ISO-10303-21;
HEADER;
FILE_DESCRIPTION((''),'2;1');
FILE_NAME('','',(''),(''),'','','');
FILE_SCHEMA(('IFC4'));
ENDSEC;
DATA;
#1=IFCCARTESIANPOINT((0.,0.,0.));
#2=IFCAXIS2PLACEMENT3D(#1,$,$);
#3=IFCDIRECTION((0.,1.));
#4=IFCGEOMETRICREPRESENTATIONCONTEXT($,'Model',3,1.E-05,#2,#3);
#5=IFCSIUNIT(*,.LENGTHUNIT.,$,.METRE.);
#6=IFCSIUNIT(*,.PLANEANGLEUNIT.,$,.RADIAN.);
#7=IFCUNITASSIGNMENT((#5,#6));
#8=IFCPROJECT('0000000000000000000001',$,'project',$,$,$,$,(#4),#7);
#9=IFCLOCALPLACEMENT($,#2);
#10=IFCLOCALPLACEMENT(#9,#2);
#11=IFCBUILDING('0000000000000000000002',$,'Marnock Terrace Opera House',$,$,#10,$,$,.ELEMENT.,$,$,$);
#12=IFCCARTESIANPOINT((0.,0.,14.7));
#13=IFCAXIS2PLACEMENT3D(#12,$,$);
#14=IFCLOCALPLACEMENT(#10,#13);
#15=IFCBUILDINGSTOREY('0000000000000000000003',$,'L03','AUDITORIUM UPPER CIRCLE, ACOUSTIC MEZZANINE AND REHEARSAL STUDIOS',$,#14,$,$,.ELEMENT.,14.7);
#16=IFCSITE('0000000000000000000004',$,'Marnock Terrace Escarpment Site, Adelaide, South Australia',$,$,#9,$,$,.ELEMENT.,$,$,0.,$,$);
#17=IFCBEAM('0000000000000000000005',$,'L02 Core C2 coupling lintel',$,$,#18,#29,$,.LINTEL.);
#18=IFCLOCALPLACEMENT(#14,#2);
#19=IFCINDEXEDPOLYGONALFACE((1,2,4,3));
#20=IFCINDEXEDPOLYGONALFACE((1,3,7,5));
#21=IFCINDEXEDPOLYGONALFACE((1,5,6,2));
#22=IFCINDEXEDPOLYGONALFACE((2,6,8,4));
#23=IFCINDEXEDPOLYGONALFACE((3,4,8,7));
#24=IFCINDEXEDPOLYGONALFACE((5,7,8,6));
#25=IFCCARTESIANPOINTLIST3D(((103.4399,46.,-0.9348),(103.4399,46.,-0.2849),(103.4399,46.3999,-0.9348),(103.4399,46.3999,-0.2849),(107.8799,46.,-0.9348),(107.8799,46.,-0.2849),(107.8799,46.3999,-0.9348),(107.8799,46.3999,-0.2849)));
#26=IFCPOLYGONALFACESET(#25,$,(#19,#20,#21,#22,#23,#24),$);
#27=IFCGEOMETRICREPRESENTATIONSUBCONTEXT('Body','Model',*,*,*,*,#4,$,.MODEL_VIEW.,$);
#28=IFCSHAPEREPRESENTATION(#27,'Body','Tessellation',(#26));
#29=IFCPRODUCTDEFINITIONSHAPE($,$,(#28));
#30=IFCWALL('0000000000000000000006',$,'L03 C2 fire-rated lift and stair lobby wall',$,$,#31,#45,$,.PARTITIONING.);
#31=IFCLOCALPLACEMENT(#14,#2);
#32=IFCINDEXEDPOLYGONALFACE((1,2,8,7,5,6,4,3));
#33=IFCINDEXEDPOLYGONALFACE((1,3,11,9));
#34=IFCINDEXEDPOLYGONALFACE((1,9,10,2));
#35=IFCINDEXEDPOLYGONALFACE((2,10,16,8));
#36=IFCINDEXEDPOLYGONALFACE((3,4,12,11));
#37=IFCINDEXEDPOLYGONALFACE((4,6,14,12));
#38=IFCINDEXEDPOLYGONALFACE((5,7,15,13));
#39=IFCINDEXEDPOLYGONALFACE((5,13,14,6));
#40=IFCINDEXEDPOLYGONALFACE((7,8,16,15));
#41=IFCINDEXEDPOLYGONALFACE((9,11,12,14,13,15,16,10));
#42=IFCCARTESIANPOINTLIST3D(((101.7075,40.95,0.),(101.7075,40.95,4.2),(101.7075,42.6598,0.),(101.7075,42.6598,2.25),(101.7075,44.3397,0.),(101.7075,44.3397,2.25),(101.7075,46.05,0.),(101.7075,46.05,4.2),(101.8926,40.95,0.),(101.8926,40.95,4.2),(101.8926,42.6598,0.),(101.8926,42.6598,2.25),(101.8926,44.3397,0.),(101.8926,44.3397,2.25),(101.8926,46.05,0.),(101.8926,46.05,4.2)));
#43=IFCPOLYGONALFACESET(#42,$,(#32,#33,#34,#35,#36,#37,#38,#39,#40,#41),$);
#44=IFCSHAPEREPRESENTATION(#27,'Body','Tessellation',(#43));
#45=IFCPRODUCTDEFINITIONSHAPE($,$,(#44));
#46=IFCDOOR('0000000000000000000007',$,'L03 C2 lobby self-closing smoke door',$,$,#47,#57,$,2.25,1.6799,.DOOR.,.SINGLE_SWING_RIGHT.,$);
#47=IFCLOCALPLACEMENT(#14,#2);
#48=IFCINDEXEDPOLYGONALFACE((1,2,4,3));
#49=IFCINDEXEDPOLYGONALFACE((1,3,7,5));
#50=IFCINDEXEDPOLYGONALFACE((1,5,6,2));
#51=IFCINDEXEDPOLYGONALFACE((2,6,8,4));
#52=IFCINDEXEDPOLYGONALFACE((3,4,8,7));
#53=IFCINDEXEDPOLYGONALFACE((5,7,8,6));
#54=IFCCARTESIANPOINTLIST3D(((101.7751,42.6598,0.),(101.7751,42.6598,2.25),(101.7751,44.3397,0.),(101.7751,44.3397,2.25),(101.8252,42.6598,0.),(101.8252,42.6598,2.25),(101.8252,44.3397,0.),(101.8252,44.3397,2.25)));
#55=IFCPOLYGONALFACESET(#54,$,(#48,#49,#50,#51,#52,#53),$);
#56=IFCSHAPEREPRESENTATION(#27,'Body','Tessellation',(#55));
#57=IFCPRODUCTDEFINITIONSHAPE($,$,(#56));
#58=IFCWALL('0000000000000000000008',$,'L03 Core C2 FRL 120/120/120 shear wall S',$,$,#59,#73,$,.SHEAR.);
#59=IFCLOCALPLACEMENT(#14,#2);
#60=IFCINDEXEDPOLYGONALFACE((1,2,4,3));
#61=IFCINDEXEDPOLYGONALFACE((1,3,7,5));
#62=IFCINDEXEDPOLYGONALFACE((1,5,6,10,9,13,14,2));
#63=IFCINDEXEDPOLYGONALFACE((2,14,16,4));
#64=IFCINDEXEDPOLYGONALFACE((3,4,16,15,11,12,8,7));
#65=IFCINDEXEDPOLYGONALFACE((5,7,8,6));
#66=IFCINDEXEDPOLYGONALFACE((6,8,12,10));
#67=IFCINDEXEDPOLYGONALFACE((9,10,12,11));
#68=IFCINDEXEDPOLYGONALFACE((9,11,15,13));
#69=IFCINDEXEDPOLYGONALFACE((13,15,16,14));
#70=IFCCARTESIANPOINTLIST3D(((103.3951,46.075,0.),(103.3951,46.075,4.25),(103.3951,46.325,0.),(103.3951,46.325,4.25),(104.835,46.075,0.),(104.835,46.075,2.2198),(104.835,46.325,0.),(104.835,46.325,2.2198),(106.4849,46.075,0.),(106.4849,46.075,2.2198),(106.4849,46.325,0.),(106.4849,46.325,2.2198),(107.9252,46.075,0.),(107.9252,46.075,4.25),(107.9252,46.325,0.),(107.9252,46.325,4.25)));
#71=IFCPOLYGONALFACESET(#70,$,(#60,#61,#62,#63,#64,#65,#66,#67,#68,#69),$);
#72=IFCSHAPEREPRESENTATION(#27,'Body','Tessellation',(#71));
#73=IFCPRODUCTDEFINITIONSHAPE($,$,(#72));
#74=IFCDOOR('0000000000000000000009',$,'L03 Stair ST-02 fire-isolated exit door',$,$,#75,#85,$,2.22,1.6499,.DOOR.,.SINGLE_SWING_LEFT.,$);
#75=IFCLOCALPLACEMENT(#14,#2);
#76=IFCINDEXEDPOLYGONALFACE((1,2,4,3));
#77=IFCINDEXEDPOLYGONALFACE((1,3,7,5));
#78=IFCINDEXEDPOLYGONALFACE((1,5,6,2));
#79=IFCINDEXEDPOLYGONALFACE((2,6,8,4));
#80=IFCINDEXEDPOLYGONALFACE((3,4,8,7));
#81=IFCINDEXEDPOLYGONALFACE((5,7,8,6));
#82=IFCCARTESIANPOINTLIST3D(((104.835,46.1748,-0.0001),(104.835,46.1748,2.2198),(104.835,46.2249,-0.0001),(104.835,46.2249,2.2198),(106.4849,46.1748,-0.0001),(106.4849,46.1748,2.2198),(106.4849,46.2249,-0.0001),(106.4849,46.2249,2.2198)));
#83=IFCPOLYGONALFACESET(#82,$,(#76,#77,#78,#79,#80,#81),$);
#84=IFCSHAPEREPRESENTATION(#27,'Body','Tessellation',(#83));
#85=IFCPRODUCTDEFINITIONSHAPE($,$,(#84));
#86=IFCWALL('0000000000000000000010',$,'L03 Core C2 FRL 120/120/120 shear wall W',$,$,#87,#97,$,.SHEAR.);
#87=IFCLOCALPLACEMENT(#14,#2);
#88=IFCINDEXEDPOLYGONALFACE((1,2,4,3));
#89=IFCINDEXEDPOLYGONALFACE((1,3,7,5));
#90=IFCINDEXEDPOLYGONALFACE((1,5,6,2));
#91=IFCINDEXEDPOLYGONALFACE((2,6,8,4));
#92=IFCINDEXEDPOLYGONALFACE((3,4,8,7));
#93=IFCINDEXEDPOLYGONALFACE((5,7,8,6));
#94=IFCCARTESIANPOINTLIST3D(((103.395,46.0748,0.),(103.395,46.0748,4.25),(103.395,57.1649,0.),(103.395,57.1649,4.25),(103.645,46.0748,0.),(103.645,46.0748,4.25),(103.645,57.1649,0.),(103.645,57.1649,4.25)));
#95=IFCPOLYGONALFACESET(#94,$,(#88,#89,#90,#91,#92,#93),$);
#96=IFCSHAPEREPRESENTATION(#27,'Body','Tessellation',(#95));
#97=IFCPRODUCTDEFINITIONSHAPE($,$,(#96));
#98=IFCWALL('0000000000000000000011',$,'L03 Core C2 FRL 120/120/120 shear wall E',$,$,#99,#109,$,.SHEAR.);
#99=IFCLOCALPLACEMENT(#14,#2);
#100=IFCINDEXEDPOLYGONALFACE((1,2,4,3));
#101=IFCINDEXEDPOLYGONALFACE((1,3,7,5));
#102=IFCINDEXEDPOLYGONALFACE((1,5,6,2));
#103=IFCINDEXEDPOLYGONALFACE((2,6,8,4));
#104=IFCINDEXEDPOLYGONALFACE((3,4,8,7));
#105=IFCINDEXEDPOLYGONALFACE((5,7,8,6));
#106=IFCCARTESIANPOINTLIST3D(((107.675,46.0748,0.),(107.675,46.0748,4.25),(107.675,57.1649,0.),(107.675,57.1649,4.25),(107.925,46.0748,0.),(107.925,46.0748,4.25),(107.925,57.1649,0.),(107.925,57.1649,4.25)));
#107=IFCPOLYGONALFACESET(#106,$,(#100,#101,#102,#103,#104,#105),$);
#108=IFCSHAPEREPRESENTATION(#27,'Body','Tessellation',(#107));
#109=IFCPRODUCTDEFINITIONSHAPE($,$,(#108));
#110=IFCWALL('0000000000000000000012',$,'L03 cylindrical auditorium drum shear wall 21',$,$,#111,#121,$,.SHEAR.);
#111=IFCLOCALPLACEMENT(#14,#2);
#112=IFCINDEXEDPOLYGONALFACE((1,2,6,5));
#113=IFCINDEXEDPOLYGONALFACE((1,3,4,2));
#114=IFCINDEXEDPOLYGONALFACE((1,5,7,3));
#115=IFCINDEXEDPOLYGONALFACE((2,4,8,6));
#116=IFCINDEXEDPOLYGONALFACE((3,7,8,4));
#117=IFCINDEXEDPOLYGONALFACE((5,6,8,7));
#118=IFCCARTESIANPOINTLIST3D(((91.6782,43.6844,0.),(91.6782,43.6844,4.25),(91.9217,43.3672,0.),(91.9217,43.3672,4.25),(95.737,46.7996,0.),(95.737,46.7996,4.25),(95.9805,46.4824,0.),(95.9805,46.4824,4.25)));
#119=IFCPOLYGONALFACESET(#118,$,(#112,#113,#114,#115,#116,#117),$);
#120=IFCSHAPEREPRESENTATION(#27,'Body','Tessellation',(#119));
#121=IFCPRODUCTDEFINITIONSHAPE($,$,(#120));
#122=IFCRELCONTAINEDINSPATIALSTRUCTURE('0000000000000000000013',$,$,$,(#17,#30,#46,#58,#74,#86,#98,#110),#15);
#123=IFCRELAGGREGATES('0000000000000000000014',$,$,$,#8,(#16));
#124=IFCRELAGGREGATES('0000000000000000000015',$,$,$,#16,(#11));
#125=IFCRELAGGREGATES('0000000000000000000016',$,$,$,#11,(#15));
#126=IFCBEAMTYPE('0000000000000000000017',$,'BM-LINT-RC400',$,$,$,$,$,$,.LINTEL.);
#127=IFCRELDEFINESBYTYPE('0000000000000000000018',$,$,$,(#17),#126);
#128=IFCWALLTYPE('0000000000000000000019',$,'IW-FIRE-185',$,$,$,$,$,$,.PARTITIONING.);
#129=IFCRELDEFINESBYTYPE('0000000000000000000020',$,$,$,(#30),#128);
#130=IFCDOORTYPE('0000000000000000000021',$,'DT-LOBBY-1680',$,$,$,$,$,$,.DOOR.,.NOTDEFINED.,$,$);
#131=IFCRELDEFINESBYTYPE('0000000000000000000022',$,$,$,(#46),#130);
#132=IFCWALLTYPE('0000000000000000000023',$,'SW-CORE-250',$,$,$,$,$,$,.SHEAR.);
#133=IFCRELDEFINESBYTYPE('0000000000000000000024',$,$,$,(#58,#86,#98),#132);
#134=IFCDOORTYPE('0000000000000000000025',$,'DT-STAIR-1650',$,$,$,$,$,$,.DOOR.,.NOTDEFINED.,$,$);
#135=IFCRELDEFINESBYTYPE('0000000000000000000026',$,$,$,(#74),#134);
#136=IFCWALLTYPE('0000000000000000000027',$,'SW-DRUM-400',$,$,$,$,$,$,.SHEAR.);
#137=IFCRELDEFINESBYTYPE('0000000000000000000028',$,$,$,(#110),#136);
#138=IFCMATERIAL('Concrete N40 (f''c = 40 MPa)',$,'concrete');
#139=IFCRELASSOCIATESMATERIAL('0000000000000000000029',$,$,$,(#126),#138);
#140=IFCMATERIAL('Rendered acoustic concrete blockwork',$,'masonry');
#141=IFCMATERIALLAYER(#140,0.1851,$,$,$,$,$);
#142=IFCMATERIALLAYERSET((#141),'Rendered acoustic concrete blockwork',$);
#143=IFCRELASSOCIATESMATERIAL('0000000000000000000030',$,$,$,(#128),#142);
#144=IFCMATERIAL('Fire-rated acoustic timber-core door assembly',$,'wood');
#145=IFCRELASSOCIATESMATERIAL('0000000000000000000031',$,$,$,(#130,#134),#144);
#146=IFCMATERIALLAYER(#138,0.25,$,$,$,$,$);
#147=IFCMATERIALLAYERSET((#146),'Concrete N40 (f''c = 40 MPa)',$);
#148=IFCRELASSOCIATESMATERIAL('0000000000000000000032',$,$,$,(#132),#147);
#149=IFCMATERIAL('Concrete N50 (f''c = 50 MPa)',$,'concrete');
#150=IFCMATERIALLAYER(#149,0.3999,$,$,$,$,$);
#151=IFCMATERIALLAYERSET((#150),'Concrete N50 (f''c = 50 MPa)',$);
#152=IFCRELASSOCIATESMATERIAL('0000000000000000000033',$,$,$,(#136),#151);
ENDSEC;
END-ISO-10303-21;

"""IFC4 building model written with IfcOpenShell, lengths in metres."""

from ifc_helpers import new_model, si_unit, direction, frame, frame_2d, origin, origin_2d, place, context, subcontext, project, spatial, rectangle, extrude, material, layer, layer_set, material_profile, profile_set, type_object, element, fill, save


model = new_model("IFC4")

# Units and contexts
model_context = context("Model", 3, precision=1e-05, world=origin(), true_north=direction((0.0, 1.0)))
body_context = subcontext(model_context, "Body", "Model", "MODEL_VIEW")
ifc_project = project(units=[si_unit("LENGTHUNIT", "METRE"), si_unit("PLANEANGLEUNIT", "RADIAN")], contexts=[model_context])

# Site, building, storey
site_placement = place(None, origin())
site = spatial("IfcSite", under=ifc_project, at=site_placement, Name="Marnock Terrace Escarpment Site, Adelaide, South Australia", CompositionType="ELEMENT", RefElevation=0.0)
building_placement = place(site_placement, origin())
building = spatial("IfcBuilding", under=site, at=building_placement, Name="Marnock Terrace Opera House", CompositionType="ELEMENT")
storey_placement = place(building_placement, frame((0.0, 0.0, 14.7)))
storey = spatial("IfcBuildingStorey", under=building, at=storey_placement, Name="L03", Description="AUDITORIUM UPPER CIRCLE, ACOUSTIC MEZZANINE AND REHEARSAL STUDIOS", CompositionType="ELEMENT", Elevation=14.7)

# Shared definitions
ifc_material_1 = material(Name="Concrete N50 (f'c = 50 MPa)", Category="concrete")

# Beam
ifc_material_2 = material(Name="Concrete N40 (f'c = 40 MPa)", Category="concrete")
ifc_material_profile_1 = material_profile(ifc_material_2, rectangle(XDim=0.3999, YDim=0.6499, at=origin_2d()))
ifc_profile_set_1 = profile_set([ifc_material_profile_1], Name="Concrete N40 (f'c = 40 MPa)")
beam_type_1 = type_object("IfcBeamType", Name="BM-LINT-RC400", PredefinedType="LINTEL", material=ifc_profile_set_1)
beam_1_placement = place(storey_placement, frame((103.4399, 46.2, -0.6099), z_axis=(1.0, 0.0, 0.0), x_axis=(0.0, 1.0, 0.0)))
element("IfcBeam", 1, at=beam_1_placement, inside=storey, type_object=beam_type_1, Name="L02 Core C2 coupling lintel", PredefinedType="LINTEL", context=body_context, shape_type="SweptSolid", body=[
    extrude(rectangle(XDim=0.3999, YDim=0.6499, at=origin_2d()), origin(), (0.0, 0.0, 1.0), 4.4399),
])

# Walls, openings, doors
ifc_material_3 = material(Name="Rendered acoustic concrete blockwork", Category="masonry")
ifc_layer_1 = layer(ifc_material_3, 0.1851)
ifc_layer_set_1 = layer_set([ifc_layer_1], Name="Rendered acoustic concrete blockwork")
wall_type_1 = type_object("IfcWallType", Name="IW-FIRE-185", PredefinedType="PARTITIONING", material=ifc_layer_set_1)
wall_1_placement = place(storey_placement, frame((101.8, 40.95, 0.0), z_axis=(0.0, 0.0, 1.0), x_axis=(0.0, 1.0, 0.0)))
wall_1 = element("IfcWall", 2, at=wall_1_placement, inside=storey, type_object=wall_type_1, Name="L03 C2 fire-rated lift and stair lobby wall", PredefinedType="PARTITIONING", context=body_context, shape_type="SweptSolid", body=[
    extrude(rectangle(XDim=5.1001, YDim=0.1851, at=frame_2d((2.55, 0.0))), origin(), (0.0, 0.0, 1.0), 4.2),
])
opening_1_placement = place(wall_1_placement, frame((1.71, 0.0, 0.0)))
opening_1 = element("IfcOpeningElement", 3, at=opening_1_placement, cuts=wall_1, PredefinedType="OPENING", context=body_context, shape_type="SweptSolid", body=[
    extrude(rectangle(XDim=1.6799, YDim=2.25, at=frame_2d((0.8398, 1.125))), frame((0.0, 0.1025, 0.0), z_axis=(0.0, -1.0, 0.0), x_axis=(1.0, 0.0, 0.0)), (0.0, 0.0, 1.0), 0.2051),
])
ifc_material_4 = material(Name="Fire-rated acoustic timber-core door assembly", Category="wood")
door_type_1 = type_object("IfcDoorType", Name="DT-LOBBY-1680", OperationType="NOTDEFINED", PredefinedType="DOOR", material=ifc_material_4)
door_1_placement = place(opening_1_placement, origin())
door_1 = element("IfcDoor", 4, at=door_1_placement, inside=storey, type_object=door_type_1, Name="L03 C2 lobby self-closing smoke door", OperationType="SINGLE_SWING_RIGHT", OverallHeight=2.25, OverallWidth=1.6799, PredefinedType="DOOR", context=body_context, shape_type="SweptSolid", body=[
    extrude(rectangle(XDim=1.6799, YDim=2.25, at=frame_2d((0.8398, 1.125))), frame((0.0, 0.0249, 0.0), z_axis=(0.0, -1.0, 0.0), x_axis=(1.0, 0.0, 0.0)), (0.0, 0.0, 1.0), 0.05),
])
fill(opening_1, door_1)
ifc_layer_2 = layer(ifc_material_2, 0.25)
ifc_layer_set_2 = layer_set([ifc_layer_2], Name="Concrete N40 (f'c = 40 MPa)")
wall_type_2 = type_object("IfcWallType", Name="SW-CORE-250", PredefinedType="SHEAR", material=ifc_layer_set_2)
wall_2_placement = place(storey_placement, frame((103.395, 46.2, 0.0), z_axis=(0.0, 0.0, 1.0), x_axis=(1.0, 0.0, 0.0)))
wall_2 = element("IfcWall", 5, at=wall_2_placement, inside=storey, type_object=wall_type_2, Name="L03 Core C2 FRL 120/120/120 shear wall S", PredefinedType="SHEAR", context=body_context, shape_type="SweptSolid", body=[
    extrude(rectangle(XDim=4.53, YDim=0.25, at=frame_2d((2.2651, 0.0))), origin(), (0.0, 0.0, 1.0), 4.25),
])
opening_2_placement = place(wall_2_placement, frame((1.4399, 0.0, 0.0)))
opening_2 = element("IfcOpeningElement", 6, at=opening_2_placement, cuts=wall_2, PredefinedType="OPENING", context=body_context, shape_type="SweptSolid", body=[
    extrude(rectangle(XDim=1.6499, YDim=2.22, at=frame_2d((0.825, 1.1099))), frame((0.0, 0.135, 0.0), z_axis=(0.0, -1.0, 0.0), x_axis=(1.0, 0.0, 0.0)), (0.0, 0.0, 1.0), 0.27),
])
door_type_2 = type_object("IfcDoorType", Name="DT-STAIR-1650", OperationType="NOTDEFINED", PredefinedType="DOOR", material=ifc_material_4)
door_2_placement = place(opening_2_placement, origin())
door_2 = element("IfcDoor", 7, at=door_2_placement, inside=storey, type_object=door_type_2, Name="L03 Stair ST-02 fire-isolated exit door", OperationType="SINGLE_SWING_LEFT", OverallHeight=2.22, OverallWidth=1.6499, PredefinedType="DOOR", context=body_context, shape_type="SweptSolid", body=[
    extrude(rectangle(XDim=1.6499, YDim=2.22, at=frame_2d((0.825, 1.1099))), frame((0.0, 0.0249, 0.0), z_axis=(0.0, -1.0, 0.0), x_axis=(1.0, 0.0, 0.0)), (0.0, 0.0, 1.0), 0.05),
])
fill(opening_2, door_2)

# Walls
for number, where, z_axis, x_axis, name in (
    (8, (103.52, 46.075, 0.0), (0.0, 0.0, 1.0), (0.0, 1.0, 0.0), "L03 Core C2 FRL 120/120/120 shear wall W"),
    (9, (107.8, 46.075, 0.0), (0.0, 0.0, 1.0), (0.0, 1.0, 0.0), "L03 Core C2 FRL 120/120/120 shear wall E"),
):
    element("IfcWall", number, at=place(storey_placement, frame(where, z_axis=z_axis, x_axis=x_axis)), inside=storey, type_object=wall_type_2, Name=name, PredefinedType="SHEAR", context=body_context, shape_type="SweptSolid", body=[
        extrude(rectangle(XDim=11.0901, YDim=0.25, at=frame_2d((5.5449, 0.0))), origin(), (0.0, 0.0, 1.0), 4.25),
    ])
ifc_layer_3 = layer(ifc_material_1, 0.3999)
ifc_layer_set_3 = layer_set([ifc_layer_3], Name="Concrete N50 (f'c = 50 MPa)")
wall_type_3 = type_object("IfcWallType", Name="SW-DRUM-400", PredefinedType="SHEAR", material=ifc_layer_set_3)
wall_3_placement = place(storey_placement, frame((91.8, 43.5259, 0.0), z_axis=(0.0, 0.0, 1.0), x_axis=(0.79328, 0.608857, 0.0)))
element("IfcWall", 10, at=wall_3_placement, inside=storey, type_object=wall_type_3, Name="L03 cylindrical auditorium drum shear wall 21", PredefinedType="SHEAR", context=body_context, shape_type="SweptSolid", body=[
    extrude(rectangle(XDim=5.1165, YDim=0.3999, at=frame_2d((2.5581, 0.0))), origin(), (0.0, 0.0, 1.0), 4.25),
])

save(model, "model.ifc")
